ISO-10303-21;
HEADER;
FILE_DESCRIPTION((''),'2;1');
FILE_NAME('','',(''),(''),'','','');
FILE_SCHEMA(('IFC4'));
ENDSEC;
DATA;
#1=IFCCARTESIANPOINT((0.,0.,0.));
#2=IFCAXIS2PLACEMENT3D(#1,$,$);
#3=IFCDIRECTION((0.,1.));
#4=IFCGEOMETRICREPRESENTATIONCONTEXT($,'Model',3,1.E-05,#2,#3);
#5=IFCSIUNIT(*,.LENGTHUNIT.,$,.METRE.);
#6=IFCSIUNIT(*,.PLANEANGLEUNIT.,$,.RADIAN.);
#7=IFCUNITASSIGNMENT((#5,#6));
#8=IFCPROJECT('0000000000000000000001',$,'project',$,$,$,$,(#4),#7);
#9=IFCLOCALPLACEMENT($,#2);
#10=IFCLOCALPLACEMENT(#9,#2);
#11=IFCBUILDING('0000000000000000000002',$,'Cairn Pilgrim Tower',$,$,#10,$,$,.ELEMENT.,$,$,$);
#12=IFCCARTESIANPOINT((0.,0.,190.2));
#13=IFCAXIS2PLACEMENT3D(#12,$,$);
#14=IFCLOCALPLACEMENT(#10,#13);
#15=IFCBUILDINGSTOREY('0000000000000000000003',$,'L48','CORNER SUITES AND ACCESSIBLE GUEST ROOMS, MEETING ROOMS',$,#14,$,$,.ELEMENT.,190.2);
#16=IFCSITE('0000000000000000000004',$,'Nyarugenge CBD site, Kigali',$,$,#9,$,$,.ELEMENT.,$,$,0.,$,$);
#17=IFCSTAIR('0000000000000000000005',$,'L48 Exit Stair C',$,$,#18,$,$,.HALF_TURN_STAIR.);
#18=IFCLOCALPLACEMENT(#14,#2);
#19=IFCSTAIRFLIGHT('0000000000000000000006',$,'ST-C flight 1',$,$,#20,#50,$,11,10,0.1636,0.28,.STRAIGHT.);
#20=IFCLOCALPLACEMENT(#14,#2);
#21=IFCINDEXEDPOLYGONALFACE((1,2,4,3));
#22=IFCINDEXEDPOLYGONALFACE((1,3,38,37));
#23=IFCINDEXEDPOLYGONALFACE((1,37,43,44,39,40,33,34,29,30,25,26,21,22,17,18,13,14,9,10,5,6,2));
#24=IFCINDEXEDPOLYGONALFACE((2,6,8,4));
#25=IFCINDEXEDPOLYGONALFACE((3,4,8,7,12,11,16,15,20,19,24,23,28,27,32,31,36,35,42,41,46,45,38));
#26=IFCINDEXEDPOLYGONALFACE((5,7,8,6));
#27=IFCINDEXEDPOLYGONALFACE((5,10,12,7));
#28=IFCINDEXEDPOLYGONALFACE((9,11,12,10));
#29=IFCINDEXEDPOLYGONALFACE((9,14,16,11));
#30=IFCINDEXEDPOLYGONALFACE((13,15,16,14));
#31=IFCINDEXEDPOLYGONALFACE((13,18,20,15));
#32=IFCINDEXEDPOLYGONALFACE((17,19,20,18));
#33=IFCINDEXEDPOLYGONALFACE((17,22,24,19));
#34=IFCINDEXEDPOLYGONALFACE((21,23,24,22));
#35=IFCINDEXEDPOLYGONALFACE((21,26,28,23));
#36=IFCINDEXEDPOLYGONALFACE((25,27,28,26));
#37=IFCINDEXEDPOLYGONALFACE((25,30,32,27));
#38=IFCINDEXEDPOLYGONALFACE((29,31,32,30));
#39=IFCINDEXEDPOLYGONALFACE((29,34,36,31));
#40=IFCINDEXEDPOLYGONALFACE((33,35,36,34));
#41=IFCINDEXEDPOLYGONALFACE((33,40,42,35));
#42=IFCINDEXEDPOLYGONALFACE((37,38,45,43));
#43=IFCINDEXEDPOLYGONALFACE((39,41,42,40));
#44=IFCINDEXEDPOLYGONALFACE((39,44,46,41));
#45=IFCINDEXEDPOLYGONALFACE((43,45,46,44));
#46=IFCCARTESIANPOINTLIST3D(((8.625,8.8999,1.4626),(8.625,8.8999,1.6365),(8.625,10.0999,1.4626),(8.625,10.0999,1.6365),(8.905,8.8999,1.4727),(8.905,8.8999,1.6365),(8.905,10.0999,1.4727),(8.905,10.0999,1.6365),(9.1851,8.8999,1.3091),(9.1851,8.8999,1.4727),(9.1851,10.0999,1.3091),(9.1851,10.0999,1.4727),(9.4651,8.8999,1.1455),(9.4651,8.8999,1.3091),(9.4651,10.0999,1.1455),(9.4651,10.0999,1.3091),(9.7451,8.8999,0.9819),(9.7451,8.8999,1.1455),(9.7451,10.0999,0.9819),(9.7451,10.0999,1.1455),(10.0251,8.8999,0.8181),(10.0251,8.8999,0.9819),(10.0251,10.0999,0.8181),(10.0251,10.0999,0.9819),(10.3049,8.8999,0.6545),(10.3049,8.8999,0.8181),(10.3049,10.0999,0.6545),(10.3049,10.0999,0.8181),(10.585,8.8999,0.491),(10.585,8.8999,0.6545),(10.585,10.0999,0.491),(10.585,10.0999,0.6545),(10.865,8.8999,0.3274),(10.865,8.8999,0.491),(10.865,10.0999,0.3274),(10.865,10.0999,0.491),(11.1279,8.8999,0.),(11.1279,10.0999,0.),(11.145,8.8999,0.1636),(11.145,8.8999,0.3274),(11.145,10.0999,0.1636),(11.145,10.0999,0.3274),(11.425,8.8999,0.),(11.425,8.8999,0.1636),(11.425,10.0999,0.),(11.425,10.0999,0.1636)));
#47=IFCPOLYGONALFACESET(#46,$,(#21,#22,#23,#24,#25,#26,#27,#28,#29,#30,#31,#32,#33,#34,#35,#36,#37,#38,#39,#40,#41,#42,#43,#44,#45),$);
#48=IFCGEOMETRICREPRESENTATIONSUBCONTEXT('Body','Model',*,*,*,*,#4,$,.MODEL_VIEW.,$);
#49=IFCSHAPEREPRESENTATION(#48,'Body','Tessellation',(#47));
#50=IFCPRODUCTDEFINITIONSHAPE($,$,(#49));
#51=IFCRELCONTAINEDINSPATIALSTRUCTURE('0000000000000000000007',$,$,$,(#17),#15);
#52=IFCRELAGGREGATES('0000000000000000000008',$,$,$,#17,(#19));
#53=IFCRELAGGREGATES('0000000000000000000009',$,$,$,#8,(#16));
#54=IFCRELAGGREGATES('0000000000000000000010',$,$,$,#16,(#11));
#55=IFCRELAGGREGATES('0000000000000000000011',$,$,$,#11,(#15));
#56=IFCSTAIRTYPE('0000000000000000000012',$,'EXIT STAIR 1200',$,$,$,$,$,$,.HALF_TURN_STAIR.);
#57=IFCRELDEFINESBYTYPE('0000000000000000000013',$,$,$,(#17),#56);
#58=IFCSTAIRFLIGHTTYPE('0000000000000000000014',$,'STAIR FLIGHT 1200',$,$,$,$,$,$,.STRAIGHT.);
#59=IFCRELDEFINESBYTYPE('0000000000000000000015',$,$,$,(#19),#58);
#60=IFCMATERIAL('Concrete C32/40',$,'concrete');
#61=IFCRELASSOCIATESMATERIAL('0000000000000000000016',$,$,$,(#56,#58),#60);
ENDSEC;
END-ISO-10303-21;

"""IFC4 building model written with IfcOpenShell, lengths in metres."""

from ifc_helpers import new_model, si_unit, direction, frame, origin, place, context, subcontext, project, spatial, polyline, outline, extrude, material, type_object, element, aggregate, save


model = new_model("IFC4")

# Units and contexts
model_context = context("Model", 3, precision=1e-05, world=origin(), true_north=direction((0.0, 1.0)))
body_context = subcontext(model_context, "Body", "Model", "MODEL_VIEW")
ifc_project = project(units=[si_unit("LENGTHUNIT", "METRE"), si_unit("PLANEANGLEUNIT", "RADIAN")], contexts=[model_context])

# Site, building, storey
site_placement = place(None, origin())
site = spatial("IfcSite", under=ifc_project, at=site_placement, Name="Nyarugenge CBD site, Kigali", CompositionType="ELEMENT", RefElevation=0.0)
building_placement = place(site_placement, origin())
building = spatial("IfcBuilding", under=site, at=building_placement, Name="Cairn Pilgrim Tower", CompositionType="ELEMENT")
storey_placement = place(building_placement, frame((0.0, 0.0, 190.2)))
storey = spatial("IfcBuildingStorey", under=building, at=storey_placement, Name="L48", Description="CORNER SUITES AND ACCESSIBLE GUEST ROOMS, MEETING ROOMS", CompositionType="ELEMENT", Elevation=190.2)

# Shared definitions
ifc_material_1 = material(Name="Concrete C32/40", Category="concrete")

# Stair, stair flight
stair_type = type_object("IfcStairType", Name="EXIT STAIR 1200", PredefinedType="HALF_TURN_STAIR", material=ifc_material_1)
stair_placement = place(storey_placement, origin())
stair = element("IfcStair", 1, at=stair_placement, inside=storey, type_object=stair_type, Name="L48 Exit Stair C", PredefinedType="HALF_TURN_STAIR")
stair_flight_type = type_object("IfcStairFlightType", Name="STAIR FLIGHT 1200", PredefinedType="STRAIGHT", material=ifc_material_1)
stair_flight_placement = place(storey_placement, frame((11.425, 9.5, 0.0), z_axis=(0.0, 0.0, 1.0), x_axis=(-1.0, 0.0, 0.0)))
stair_flight = element("IfcStairFlight", 2, at=stair_flight_placement, type_object=stair_flight_type, Name="ST-C flight 1", NumberOfRisers=11, NumberOfTreads=10, PredefinedType="STRAIGHT", RiserHeight=0.1636, TreadLength=0.28, context=body_context, shape_type="SweptSolid", body=[
    extrude(outline(polyline([(0.0, 0.0), (0.0, 0.1636), (0.28, 0.1636), (0.28, 0.3274), (0.5601, 0.3274), (0.5601, 0.491), (0.8401, 0.491), (0.8401, 0.6545), (1.1201, 0.6545), (1.1201, 0.8181), (1.3999, 0.8181), (1.3999, 0.9819), (1.6799, 0.9819), (1.6799, 1.1455), (1.96, 1.1455), (1.96, 1.3091), (2.24, 1.3091), (2.24, 1.4727), (2.52, 1.4727), (2.52, 1.6365), (2.8, 1.6365), (2.8, 1.8), (2.8, 1.4626), (0.2971, 0.0), (0.0, 0.0)])), frame((0.0, 0.6001, 0.0), z_axis=(0.0, -1.0, 0.0), x_axis=(1.0, 0.0, 0.0)), (0.0, 0.0, 1.0), 1.2),
])
aggregate(stair, [stair_flight])

save(model, "model.ifc")
